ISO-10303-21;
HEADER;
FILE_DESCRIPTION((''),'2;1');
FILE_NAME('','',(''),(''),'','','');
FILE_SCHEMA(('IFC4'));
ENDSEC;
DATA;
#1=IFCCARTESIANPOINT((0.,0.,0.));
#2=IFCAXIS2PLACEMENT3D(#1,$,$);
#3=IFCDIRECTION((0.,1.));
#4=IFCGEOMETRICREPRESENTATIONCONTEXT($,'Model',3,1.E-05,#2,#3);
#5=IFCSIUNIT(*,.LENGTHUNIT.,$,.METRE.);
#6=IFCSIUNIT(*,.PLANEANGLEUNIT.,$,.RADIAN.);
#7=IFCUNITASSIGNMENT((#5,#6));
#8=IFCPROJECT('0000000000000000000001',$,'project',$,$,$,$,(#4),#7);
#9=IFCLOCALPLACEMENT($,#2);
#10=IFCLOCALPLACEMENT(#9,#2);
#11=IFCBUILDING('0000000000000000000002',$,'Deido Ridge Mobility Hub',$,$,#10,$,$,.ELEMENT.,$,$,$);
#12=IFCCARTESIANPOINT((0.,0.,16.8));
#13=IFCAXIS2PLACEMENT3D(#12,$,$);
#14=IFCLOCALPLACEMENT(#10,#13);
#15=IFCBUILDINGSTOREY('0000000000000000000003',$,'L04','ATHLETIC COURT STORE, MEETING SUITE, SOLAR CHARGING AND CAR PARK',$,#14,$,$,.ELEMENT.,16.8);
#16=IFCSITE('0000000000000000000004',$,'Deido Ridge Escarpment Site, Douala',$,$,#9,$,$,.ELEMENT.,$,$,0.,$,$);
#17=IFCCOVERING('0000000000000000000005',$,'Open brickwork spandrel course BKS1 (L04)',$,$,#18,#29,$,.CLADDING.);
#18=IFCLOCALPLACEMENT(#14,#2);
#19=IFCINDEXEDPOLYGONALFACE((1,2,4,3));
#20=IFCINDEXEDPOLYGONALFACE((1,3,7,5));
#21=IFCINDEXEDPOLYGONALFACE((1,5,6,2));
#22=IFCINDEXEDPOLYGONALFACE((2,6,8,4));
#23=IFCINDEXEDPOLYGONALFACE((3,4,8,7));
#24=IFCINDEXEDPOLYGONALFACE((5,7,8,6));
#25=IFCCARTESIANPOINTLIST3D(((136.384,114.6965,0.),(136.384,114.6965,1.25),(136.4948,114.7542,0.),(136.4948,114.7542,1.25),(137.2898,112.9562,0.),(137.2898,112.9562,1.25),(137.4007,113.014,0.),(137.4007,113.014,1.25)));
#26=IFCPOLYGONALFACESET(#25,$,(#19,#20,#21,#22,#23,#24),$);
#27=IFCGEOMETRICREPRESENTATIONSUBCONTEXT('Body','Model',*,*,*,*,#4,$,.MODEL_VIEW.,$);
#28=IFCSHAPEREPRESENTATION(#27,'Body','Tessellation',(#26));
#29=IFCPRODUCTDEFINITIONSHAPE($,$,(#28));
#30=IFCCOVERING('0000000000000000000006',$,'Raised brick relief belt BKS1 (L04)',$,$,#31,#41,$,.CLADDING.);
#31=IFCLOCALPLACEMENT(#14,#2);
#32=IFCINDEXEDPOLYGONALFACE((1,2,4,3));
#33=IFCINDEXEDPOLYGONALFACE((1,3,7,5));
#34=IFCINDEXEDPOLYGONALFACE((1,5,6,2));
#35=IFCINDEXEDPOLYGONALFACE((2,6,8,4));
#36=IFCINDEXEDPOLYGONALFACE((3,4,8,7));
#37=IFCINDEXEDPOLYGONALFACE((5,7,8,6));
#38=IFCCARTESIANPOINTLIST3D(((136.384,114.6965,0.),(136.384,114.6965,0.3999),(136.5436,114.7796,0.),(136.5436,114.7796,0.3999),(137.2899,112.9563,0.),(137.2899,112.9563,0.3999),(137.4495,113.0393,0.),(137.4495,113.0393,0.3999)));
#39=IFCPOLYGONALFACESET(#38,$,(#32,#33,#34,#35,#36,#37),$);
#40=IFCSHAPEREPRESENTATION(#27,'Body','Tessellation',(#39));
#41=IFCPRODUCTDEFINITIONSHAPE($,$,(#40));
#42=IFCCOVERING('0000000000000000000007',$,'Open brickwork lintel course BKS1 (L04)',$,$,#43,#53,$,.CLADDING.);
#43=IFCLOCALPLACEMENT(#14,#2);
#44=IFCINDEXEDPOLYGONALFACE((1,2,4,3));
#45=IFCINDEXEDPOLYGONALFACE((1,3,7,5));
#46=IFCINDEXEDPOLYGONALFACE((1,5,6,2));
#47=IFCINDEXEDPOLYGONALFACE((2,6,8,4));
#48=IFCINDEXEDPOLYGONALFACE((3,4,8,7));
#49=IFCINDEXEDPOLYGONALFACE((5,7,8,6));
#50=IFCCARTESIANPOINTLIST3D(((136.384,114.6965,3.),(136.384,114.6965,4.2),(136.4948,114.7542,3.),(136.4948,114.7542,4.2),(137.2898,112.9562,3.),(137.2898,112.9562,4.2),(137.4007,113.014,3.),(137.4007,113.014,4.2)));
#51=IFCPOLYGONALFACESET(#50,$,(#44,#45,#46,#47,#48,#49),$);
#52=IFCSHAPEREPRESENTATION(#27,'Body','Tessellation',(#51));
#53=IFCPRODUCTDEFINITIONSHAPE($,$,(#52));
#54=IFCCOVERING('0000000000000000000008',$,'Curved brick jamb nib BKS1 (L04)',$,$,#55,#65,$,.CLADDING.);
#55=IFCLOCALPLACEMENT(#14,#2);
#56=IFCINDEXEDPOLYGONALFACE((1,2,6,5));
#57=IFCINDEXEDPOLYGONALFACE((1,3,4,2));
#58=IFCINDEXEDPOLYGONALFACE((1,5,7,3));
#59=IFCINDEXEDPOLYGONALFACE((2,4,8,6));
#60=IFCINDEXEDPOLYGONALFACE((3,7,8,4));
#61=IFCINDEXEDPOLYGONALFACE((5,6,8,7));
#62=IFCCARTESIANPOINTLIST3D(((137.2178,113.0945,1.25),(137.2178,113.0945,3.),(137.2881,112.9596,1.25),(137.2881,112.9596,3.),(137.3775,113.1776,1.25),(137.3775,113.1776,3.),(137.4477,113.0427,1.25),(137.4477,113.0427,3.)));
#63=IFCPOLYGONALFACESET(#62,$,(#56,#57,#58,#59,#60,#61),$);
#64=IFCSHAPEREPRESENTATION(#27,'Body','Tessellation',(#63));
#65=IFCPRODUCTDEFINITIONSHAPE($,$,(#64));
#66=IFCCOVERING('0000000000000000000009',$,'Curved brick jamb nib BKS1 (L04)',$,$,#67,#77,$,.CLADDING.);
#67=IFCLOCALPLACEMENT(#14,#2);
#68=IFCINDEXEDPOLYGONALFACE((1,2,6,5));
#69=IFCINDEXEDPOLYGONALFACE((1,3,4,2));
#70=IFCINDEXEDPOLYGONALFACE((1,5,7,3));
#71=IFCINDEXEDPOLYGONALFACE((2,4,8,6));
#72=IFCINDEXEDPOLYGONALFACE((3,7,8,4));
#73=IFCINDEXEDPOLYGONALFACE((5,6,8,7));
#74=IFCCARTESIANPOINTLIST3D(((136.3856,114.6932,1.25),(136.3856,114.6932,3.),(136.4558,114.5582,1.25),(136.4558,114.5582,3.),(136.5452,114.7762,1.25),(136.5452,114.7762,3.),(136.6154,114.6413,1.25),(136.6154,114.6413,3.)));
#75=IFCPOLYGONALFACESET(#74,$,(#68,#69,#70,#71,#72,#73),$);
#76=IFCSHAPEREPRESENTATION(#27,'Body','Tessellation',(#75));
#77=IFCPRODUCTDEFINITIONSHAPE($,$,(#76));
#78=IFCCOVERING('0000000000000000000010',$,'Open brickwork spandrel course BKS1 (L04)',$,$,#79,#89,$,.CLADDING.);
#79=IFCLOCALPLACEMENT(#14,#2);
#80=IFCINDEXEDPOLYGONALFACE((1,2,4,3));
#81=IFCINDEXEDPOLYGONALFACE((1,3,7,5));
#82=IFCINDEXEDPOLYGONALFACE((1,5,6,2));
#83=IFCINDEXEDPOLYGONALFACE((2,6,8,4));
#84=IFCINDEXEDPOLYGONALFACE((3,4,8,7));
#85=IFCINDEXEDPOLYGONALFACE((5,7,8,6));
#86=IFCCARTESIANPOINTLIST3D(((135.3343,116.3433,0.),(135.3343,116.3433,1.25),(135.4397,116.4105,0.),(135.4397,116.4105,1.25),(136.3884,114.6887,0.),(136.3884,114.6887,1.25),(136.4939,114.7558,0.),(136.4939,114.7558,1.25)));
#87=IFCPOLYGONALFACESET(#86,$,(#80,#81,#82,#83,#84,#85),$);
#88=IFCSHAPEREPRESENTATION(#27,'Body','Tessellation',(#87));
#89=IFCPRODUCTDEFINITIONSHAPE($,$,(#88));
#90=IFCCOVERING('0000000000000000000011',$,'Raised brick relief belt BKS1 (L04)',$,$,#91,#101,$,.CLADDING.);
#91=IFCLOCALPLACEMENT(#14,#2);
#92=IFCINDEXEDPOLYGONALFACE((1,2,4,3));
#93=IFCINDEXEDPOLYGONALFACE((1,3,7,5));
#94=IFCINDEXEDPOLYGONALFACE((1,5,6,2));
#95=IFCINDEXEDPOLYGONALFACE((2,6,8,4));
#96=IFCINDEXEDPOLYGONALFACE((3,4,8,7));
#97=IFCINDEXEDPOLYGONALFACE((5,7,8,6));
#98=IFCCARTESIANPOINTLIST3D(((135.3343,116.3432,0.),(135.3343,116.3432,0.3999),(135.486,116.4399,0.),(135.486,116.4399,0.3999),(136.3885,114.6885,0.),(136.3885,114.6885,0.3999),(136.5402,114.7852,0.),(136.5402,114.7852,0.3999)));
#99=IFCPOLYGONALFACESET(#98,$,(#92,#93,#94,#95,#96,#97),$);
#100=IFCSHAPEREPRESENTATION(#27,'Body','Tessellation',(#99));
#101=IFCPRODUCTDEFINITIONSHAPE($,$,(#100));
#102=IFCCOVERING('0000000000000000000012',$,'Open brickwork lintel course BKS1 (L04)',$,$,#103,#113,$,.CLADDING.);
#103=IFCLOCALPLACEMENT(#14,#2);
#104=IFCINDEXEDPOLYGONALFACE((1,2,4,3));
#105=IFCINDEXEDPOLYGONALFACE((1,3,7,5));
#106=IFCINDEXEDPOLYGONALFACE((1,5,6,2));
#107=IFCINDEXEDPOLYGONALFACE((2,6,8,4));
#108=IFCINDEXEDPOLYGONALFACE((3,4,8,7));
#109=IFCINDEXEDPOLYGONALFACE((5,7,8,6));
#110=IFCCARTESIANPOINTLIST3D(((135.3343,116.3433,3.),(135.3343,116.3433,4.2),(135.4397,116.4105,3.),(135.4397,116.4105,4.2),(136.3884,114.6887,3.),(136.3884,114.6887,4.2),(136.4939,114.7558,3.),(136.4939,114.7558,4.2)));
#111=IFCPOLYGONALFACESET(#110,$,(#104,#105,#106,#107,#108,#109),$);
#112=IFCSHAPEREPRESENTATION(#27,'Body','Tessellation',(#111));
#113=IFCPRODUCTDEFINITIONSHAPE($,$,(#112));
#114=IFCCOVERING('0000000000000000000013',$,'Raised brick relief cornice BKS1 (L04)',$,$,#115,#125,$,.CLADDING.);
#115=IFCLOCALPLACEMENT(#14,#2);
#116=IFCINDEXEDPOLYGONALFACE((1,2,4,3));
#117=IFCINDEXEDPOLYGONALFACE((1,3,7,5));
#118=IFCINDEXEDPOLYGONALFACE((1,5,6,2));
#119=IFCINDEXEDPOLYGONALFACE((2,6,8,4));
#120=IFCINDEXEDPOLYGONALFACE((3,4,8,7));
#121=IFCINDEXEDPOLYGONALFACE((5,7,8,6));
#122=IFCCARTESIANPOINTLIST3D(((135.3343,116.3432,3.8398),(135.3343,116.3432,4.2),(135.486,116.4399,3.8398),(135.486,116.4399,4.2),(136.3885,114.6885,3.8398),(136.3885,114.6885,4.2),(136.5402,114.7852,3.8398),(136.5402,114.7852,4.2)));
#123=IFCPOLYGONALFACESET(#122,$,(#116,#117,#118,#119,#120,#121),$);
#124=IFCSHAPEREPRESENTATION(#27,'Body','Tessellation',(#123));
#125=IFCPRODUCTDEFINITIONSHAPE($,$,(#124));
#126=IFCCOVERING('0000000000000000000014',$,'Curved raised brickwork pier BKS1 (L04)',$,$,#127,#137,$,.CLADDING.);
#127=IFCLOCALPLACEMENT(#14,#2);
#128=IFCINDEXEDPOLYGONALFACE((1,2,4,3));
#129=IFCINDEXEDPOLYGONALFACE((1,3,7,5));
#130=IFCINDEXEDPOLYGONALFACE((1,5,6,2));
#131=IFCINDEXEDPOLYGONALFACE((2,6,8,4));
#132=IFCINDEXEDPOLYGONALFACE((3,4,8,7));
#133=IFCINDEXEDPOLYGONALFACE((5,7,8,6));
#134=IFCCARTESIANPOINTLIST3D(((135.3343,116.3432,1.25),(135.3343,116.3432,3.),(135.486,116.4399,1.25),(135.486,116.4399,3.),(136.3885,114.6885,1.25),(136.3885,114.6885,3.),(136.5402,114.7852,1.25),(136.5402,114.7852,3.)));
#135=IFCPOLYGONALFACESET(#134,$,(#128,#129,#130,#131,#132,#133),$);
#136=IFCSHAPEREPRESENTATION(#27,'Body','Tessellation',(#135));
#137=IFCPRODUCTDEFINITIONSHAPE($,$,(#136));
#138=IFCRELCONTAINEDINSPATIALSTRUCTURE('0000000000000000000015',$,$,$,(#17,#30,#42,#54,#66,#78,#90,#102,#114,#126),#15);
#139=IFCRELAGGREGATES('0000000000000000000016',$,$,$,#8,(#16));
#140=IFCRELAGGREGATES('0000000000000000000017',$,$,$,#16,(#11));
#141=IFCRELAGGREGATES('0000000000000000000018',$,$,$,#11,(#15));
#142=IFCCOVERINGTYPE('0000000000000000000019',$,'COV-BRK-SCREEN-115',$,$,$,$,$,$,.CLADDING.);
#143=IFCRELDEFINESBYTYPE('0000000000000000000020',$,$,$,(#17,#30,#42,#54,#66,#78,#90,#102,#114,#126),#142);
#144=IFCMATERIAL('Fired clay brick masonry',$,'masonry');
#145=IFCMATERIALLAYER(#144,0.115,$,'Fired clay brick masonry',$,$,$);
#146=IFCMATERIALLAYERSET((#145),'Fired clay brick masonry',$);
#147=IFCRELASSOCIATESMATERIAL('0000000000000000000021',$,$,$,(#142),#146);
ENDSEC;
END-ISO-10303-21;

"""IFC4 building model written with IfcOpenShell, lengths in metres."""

from ifc_helpers import new_model, si_unit, direction, frame, origin, origin_2d, place, context, subcontext, project, spatial, rectangle, extrude, material, layer, layer_set, type_object, element, save


model = new_model("IFC4")

# Units and contexts
model_context = context("Model", 3, precision=1e-05, world=origin(), true_north=direction((0.0, 1.0)))
body_context = subcontext(model_context, "Body", "Model", "MODEL_VIEW")
ifc_project = project(units=[si_unit("LENGTHUNIT", "METRE"), si_unit("PLANEANGLEUNIT", "RADIAN")], contexts=[model_context])

# Site, building, storey
site_placement = place(None, origin())
site = spatial("IfcSite", under=ifc_project, at=site_placement, Name="Deido Ridge Escarpment Site, Douala", CompositionType="ELEMENT", RefElevation=0.0)
building_placement = place(site_placement, origin())
building = spatial("IfcBuilding", under=site, at=building_placement, Name="Deido Ridge Mobility Hub", CompositionType="ELEMENT")
storey_placement = place(building_placement, frame((0.0, 0.0, 16.8)))
storey = spatial("IfcBuildingStorey", under=building, at=storey_placement, Name="L04", Description="ATHLETIC COURT STORE, MEETING SUITE, SOLAR CHARGING AND CAR PARK", CompositionType="ELEMENT", Elevation=16.8)

# Coverings
ifc_material_1 = material(Name="Fired clay brick masonry", Category="masonry")
ifc_layer = layer(ifc_material_1, 0.115, Name="Fired clay brick masonry")
ifc_layer_set = layer_set([ifc_layer], Name="Fired clay brick masonry")
covering_type = type_object("IfcCoveringType", Name="COV-BRK-SCREEN-115", PredefinedType="CLADDING", material=ifc_layer_set)
covering_1_placement = place(storey_placement, frame((136.8923, 113.8552, 0.0), z_axis=(0.0, 0.0, 1.0), x_axis=(-0.461733, 0.887019, 0.0)))
element("IfcCovering", 1, at=covering_1_placement, inside=storey, type_object=covering_type, Name="Open brickwork spandrel course BKS1 (L04)", PredefinedType="CLADDING", context=body_context, shape_type="SweptSolid", body=[
    extrude(rectangle(XDim=1.9619, YDim=0.125, at=origin_2d()), origin(), (0.0, 0.0, 1.0), 1.25),
])
covering_2_placement = place(storey_placement, frame((136.9167, 113.8679, 0.0), z_axis=(0.0, 0.0, 1.0), x_axis=(-0.461733, 0.887019, 0.0)))
element("IfcCovering", 2, at=covering_2_placement, inside=storey, type_object=covering_type, Name="Raised brick relief belt BKS1 (L04)", PredefinedType="CLADDING", context=body_context, shape_type="SweptSolid", body=[
    extrude(rectangle(XDim=1.9619, YDim=0.1799, at=origin_2d()), origin(), (0.0, 0.0, 1.0), 0.3999),
])
covering_3_placement = place(storey_placement, frame((136.8923, 113.8552, 3.0), z_axis=(0.0, 0.0, 1.0), x_axis=(-0.461733, 0.887019, 0.0)))
element("IfcCovering", 3, at=covering_3_placement, inside=storey, type_object=covering_type, Name="Open brickwork lintel course BKS1 (L04)", PredefinedType="CLADDING", context=body_context, shape_type="SweptSolid", body=[
    extrude(rectangle(XDim=1.9619, YDim=0.125, at=origin_2d()), origin(), (0.0, 0.0, 1.0), 1.2),
])
for number, where, z_axis, x_axis, name in (
    (4, (137.3328, 113.0686, 1.25), (0.0, 0.0, 1.0), (-0.461733, 0.887019, 0.0), "Curved brick jamb nib BKS1 (L04)"),
    (5, (136.5005, 114.6672, 1.25), (0.0, 0.0, 1.0), (-0.461733, 0.887019, 0.0), "Curved brick jamb nib BKS1 (L04)"),
):
    element("IfcCovering", number, at=place(storey_placement, frame(where, z_axis=z_axis, x_axis=x_axis)), inside=storey, type_object=covering_type, Name=name, PredefinedType="CLADDING", context=body_context, shape_type="SweptSolid", body=[
        extrude(rectangle(XDim=0.1521, YDim=0.1799, at=origin_2d()), origin(), (0.0, 0.0, 1.0), 1.75),
    ])
covering_4_placement = place(storey_placement, frame((135.9141, 115.5496, 0.0), z_axis=(0.0, 0.0, 1.0), x_axis=(-0.537314, 0.843382, 0.0)))
element("IfcCovering", 6, at=covering_4_placement, inside=storey, type_object=covering_type, Name="Open brickwork spandrel course BKS1 (L04)", PredefinedType="CLADDING", context=body_context, shape_type="SweptSolid", body=[
    extrude(rectangle(XDim=1.9619, YDim=0.125, at=origin_2d()), origin(), (0.0, 0.0, 1.0), 1.25),
])
covering_5_placement = place(storey_placement, frame((135.9373, 115.5642, 0.0), z_axis=(0.0, 0.0, 1.0), x_axis=(-0.537314, 0.843382, 0.0)))
element("IfcCovering", 7, at=covering_5_placement, inside=storey, type_object=covering_type, Name="Raised brick relief belt BKS1 (L04)", PredefinedType="CLADDING", context=body_context, shape_type="SweptSolid", body=[
    extrude(rectangle(XDim=1.9619, YDim=0.1799, at=origin_2d()), origin(), (0.0, 0.0, 1.0), 0.3999),
])
covering_6_placement = place(storey_placement, frame((135.9141, 115.5496, 3.0), z_axis=(0.0, 0.0, 1.0), x_axis=(-0.537314, 0.843382, 0.0)))
element("IfcCovering", 8, at=covering_6_placement, inside=storey, type_object=covering_type, Name="Open brickwork lintel course BKS1 (L04)", PredefinedType="CLADDING", context=body_context, shape_type="SweptSolid", body=[
    extrude(rectangle(XDim=1.9619, YDim=0.125, at=origin_2d()), origin(), (0.0, 0.0, 1.0), 1.2),
])
covering_7_placement = place(storey_placement, frame((135.9373, 115.5642, 3.8398), z_axis=(0.0, 0.0, 1.0), x_axis=(-0.537314, 0.843382, 0.0)))
element("IfcCovering", 9, at=covering_7_placement, inside=storey, type_object=covering_type, Name="Raised brick relief cornice BKS1 (L04)", PredefinedType="CLADDING", context=body_context, shape_type="SweptSolid", body=[
    extrude(rectangle(XDim=1.9619, YDim=0.1799, at=origin_2d()), origin(), (0.0, 0.0, 1.0), 0.3601),
])
covering_8_placement = place(storey_placement, frame((135.9373, 115.5642, 1.25), z_axis=(0.0, 0.0, 1.0), x_axis=(-0.537314, 0.843382, 0.0)))
element("IfcCovering", 10, at=covering_8_placement, inside=storey, type_object=covering_type, Name="Curved raised brickwork pier BKS1 (L04)", PredefinedType="CLADDING", context=body_context, shape_type="SweptSolid", body=[
    extrude(rectangle(XDim=1.9619, YDim=0.1799, at=origin_2d()), origin(), (0.0, 0.0, 1.0), 1.75),
])

save(model, "model.ifc")
